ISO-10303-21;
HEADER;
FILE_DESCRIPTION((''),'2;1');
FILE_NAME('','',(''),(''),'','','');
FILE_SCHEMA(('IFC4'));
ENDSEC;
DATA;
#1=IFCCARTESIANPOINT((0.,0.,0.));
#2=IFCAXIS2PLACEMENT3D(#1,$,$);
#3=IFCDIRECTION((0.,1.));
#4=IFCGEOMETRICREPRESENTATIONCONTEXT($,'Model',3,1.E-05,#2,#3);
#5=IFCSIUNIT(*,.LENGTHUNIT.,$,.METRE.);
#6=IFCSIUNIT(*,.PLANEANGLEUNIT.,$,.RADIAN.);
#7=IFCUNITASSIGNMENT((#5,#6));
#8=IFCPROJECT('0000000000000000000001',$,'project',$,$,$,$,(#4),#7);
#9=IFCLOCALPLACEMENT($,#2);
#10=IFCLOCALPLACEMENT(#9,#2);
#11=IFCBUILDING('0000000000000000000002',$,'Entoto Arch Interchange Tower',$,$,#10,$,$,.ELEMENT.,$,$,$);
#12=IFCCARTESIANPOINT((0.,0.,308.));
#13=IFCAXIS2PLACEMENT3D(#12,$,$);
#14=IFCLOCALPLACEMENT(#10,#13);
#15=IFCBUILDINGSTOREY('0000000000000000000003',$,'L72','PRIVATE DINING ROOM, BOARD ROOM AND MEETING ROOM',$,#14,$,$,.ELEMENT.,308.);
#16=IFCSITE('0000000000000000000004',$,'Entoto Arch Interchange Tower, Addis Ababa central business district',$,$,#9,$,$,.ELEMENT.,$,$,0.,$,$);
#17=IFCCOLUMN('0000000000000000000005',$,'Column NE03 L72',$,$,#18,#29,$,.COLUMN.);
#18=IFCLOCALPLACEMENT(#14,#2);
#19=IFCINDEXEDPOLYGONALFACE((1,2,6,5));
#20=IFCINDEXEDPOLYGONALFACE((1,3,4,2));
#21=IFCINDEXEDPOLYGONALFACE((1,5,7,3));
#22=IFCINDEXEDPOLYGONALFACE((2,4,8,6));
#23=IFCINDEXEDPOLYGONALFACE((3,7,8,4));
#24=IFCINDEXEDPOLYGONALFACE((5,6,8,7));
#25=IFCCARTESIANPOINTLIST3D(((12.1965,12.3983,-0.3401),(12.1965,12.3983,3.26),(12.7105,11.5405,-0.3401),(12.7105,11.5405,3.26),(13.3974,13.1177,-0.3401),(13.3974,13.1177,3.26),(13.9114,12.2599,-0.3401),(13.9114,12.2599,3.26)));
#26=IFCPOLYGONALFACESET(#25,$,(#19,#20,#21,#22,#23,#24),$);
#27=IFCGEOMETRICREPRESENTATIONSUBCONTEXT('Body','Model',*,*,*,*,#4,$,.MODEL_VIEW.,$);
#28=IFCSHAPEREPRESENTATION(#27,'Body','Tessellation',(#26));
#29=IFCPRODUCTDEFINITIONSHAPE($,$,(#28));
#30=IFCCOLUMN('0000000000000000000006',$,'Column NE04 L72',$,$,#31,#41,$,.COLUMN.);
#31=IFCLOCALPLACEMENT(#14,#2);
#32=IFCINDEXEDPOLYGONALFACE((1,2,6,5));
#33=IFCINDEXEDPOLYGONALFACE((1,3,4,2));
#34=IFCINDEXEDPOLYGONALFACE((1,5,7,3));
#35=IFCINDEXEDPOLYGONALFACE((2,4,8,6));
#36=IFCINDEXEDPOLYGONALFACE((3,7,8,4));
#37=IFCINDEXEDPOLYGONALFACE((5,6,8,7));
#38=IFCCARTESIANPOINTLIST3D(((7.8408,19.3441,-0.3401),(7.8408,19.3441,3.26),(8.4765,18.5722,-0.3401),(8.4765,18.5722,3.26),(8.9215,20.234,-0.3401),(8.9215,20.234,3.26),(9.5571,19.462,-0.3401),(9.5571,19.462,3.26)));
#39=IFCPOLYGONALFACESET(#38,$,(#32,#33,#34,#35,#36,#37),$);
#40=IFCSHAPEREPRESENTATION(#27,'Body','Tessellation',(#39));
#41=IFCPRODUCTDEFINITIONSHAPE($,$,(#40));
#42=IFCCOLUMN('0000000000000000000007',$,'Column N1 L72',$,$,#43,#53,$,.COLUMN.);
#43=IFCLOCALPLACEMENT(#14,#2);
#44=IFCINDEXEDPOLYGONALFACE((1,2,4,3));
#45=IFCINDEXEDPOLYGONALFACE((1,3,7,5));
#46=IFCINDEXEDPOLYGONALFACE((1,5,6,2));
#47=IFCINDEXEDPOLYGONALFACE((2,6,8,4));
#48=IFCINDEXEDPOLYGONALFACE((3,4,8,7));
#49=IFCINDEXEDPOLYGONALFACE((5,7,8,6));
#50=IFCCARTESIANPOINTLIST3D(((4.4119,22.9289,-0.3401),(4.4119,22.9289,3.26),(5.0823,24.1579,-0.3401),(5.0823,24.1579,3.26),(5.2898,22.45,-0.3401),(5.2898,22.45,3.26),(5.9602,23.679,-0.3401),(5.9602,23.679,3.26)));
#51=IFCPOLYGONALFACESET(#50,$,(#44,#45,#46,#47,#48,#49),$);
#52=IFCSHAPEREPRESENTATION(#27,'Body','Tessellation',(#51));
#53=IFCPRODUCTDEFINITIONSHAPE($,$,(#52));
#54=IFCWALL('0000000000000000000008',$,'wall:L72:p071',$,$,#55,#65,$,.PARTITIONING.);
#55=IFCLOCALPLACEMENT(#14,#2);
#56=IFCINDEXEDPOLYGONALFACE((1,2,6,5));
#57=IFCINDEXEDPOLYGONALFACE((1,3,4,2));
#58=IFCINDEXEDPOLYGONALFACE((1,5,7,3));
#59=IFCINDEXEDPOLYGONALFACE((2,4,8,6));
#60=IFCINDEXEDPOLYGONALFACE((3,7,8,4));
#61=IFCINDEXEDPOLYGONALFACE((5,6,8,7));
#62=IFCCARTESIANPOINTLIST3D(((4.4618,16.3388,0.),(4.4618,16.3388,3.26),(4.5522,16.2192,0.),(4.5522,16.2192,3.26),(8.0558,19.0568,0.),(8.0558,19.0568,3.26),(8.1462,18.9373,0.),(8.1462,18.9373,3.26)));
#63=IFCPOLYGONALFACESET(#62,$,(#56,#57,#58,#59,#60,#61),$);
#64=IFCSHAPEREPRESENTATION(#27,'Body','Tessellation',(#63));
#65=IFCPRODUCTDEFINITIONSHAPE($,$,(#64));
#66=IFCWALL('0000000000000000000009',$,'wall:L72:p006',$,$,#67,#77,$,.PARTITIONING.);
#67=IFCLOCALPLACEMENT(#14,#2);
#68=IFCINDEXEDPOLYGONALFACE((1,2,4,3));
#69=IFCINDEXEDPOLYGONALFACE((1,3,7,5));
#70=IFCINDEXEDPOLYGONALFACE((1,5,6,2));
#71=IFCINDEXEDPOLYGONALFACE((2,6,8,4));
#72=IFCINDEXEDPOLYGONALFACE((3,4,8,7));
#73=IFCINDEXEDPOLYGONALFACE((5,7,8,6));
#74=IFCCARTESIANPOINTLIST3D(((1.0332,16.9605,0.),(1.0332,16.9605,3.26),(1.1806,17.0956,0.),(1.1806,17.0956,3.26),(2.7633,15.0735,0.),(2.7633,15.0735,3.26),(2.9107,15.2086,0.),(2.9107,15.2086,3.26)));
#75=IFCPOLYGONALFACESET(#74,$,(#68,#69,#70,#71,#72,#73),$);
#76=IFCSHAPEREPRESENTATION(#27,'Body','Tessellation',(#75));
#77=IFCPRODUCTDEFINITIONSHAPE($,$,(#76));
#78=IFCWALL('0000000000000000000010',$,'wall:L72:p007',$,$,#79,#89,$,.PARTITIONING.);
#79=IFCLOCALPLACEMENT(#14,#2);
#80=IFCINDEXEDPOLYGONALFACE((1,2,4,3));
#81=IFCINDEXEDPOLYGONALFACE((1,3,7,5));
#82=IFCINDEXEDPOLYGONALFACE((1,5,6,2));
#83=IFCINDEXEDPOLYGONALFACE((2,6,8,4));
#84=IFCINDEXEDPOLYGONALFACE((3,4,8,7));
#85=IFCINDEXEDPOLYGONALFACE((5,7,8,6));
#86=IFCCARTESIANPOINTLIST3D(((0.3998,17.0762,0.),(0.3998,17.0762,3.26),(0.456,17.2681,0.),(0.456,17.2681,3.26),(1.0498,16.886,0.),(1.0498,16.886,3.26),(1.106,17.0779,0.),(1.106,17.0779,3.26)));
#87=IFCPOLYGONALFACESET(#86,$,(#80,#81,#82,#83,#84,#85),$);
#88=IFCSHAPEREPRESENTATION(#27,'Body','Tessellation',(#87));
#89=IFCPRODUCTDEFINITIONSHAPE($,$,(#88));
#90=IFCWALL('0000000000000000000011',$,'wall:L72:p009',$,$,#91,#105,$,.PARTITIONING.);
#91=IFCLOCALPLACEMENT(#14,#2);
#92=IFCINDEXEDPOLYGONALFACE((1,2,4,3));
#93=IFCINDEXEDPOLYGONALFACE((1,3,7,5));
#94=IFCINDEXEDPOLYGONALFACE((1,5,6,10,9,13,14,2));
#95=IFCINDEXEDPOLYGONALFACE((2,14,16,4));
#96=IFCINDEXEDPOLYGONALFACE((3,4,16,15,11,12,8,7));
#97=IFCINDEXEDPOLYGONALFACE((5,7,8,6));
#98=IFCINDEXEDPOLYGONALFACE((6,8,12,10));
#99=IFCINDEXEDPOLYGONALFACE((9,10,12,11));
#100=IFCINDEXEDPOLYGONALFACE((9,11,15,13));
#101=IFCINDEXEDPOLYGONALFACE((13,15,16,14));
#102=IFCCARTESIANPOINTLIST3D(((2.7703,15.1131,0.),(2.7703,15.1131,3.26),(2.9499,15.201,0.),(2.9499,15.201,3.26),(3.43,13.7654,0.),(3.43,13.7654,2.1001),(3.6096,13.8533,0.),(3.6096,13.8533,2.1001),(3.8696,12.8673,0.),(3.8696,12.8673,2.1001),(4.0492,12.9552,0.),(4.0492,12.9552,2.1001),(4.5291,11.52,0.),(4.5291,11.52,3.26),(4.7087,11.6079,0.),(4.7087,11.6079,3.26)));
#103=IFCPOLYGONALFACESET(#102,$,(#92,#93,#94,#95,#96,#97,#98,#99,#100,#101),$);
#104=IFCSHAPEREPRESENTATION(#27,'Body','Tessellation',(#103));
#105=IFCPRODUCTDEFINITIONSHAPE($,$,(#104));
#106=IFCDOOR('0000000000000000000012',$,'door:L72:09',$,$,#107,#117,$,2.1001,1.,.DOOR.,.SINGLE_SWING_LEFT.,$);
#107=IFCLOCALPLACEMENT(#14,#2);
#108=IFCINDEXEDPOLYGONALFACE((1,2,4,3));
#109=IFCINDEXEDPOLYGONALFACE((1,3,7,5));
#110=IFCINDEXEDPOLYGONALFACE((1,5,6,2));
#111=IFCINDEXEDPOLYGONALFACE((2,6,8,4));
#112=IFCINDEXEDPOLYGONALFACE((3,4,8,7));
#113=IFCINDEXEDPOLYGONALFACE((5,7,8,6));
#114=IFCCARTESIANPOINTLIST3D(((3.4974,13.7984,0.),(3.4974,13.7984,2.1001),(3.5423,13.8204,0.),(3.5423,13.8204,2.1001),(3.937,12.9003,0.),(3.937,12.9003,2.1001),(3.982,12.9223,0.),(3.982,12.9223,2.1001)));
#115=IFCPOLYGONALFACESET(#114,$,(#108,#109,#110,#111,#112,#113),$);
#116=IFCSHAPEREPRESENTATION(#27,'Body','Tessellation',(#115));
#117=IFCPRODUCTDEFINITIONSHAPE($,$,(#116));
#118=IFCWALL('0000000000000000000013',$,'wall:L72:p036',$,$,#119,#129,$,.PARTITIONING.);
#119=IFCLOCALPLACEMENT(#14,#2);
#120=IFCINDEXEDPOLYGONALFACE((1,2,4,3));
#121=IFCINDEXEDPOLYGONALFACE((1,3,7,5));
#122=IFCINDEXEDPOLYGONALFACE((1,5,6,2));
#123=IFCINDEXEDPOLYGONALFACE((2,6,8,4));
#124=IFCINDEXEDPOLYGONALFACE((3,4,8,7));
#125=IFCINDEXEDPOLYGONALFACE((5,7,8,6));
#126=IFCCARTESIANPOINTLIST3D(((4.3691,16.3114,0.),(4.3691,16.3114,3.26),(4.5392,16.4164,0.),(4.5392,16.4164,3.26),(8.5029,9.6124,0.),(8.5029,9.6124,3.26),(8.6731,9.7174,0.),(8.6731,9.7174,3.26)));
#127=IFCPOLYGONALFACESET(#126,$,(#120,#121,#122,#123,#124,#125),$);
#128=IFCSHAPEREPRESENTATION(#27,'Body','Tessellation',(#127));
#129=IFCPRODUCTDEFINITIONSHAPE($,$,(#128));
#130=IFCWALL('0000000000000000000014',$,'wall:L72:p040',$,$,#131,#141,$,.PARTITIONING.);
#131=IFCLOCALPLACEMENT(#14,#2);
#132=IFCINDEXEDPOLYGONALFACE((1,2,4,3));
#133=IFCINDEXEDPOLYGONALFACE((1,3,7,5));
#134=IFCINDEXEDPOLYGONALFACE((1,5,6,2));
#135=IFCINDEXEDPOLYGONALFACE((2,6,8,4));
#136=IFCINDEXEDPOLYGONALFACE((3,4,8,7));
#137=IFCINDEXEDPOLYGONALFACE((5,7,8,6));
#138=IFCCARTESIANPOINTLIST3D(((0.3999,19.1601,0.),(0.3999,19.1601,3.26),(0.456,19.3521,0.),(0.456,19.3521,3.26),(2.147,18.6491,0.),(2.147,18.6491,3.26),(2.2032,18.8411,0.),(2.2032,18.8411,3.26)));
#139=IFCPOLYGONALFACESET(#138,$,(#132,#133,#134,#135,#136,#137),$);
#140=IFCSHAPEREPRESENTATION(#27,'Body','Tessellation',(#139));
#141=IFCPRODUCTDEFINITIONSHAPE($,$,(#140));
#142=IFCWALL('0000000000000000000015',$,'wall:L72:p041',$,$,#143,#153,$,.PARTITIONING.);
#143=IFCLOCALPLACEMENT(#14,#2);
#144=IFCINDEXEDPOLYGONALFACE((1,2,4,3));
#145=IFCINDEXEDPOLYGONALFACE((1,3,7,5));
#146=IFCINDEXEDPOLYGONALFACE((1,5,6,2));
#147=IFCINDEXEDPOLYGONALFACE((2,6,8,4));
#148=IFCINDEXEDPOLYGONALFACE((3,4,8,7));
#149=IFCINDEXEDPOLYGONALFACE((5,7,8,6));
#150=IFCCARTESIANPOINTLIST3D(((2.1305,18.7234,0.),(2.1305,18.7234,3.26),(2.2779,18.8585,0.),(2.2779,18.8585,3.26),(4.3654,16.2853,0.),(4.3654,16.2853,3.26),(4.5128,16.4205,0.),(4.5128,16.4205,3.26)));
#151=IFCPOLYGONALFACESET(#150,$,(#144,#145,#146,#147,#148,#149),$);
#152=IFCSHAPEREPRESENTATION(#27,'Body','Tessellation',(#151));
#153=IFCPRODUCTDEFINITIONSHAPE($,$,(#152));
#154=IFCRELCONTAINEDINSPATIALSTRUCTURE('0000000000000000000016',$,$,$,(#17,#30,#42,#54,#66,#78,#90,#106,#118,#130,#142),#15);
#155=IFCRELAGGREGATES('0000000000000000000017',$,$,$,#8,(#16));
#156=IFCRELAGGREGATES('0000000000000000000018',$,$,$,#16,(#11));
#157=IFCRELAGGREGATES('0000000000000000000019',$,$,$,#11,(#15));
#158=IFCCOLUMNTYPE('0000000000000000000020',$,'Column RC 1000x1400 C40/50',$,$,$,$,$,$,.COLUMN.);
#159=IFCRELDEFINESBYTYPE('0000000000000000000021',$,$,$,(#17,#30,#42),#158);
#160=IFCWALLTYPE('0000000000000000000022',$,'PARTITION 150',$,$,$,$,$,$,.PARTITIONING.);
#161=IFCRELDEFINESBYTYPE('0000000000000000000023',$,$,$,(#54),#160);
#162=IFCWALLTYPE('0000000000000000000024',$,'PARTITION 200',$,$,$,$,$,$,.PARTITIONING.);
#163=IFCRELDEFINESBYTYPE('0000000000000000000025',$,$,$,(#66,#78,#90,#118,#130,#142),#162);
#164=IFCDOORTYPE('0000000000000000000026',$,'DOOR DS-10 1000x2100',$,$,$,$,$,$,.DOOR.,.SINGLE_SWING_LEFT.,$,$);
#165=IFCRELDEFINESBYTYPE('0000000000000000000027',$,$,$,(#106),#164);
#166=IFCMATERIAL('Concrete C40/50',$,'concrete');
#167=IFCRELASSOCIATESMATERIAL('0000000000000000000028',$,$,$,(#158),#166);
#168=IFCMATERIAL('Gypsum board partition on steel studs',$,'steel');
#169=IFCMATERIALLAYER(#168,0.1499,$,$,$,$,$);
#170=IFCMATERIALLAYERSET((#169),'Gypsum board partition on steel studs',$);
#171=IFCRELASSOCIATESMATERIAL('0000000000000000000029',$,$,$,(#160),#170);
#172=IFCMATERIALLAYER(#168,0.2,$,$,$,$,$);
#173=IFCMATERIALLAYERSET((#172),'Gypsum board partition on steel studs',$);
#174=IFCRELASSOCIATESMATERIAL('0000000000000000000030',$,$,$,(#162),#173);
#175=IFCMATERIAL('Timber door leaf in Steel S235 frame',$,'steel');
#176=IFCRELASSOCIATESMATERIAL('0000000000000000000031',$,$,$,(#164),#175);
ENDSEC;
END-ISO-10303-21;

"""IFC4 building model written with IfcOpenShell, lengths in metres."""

from ifc_helpers import new_model, si_unit, direction, frame, frame_2d, origin, origin_2d, place, context, subcontext, project, spatial, rectangle, extrude, material, layer, layer_set, material_profile, profile_set, type_object, element, fill, save


model = new_model("IFC4")

# Units and contexts
model_context = context("Model", 3, precision=1e-05, world=origin(), true_north=direction((0.0, 1.0)))
body_context = subcontext(model_context, "Body", "Model", "MODEL_VIEW")
ifc_project = project(units=[si_unit("LENGTHUNIT", "METRE"), si_unit("PLANEANGLEUNIT", "RADIAN")], contexts=[model_context])

# Site, building, storey
site_placement = place(None, origin())
site = spatial("IfcSite", under=ifc_project, at=site_placement, Name="Entoto Arch Interchange Tower, Addis Ababa central business district", CompositionType="ELEMENT", RefElevation=0.0)
building_placement = place(site_placement, origin())
building = spatial("IfcBuilding", under=site, at=building_placement, Name="Entoto Arch Interchange Tower", CompositionType="ELEMENT")
storey_placement = place(building_placement, frame((0.0, 0.0, 308.0)))
storey = spatial("IfcBuildingStorey", under=building, at=storey_placement, Name="L72", Description="PRIVATE DINING ROOM, BOARD ROOM AND MEETING ROOM", CompositionType="ELEMENT", Elevation=308.0)

# Columns
ifc_material_1 = material(Name="Concrete C40/50", Category="concrete")
ifc_material_profile = material_profile(ifc_material_1, rectangle(XDim=1.0, YDim=1.3999, at=origin_2d()))
ifc_profile_set = profile_set([ifc_material_profile], Name="Concrete C40/50")
column_type = type_object("IfcColumnType", Name="Column RC 1000x1400 C40/50", PredefinedType="COLUMN", material=ifc_profile_set)
for number, where, z_axis, x_axis, name in (
    (1, (13.054, 12.3291, -0.3401), (0.0, 0.0, 1.0), (-0.513946, 0.857823, 0.0), "Column NE03 L72"),
    (2, (8.699, 19.4031, -0.3401), (0.0, 0.0, 1.0), (-0.635647, 0.77198, 0.0), "Column NE04 L72"),
    (3, (5.186, 23.304, -0.3401), (0.0, 0.0, 1.0), (-0.877899, 0.478845, 0.0), "Column N1 L72"),
):
    element("IfcColumn", number, at=place(storey_placement, frame(where, z_axis=z_axis, x_axis=x_axis)), inside=storey, type_object=column_type, Name=name, PredefinedType="COLUMN", context=body_context, shape_type="SweptSolid", body=[
        extrude(rectangle(XDim=1.0, YDim=1.3999, at=origin_2d()), origin(), (0.0, 0.0, 1.0), 3.6001),
    ])

# Walls
ifc_material_2 = material(Name="Gypsum board partition on steel studs", Category="steel")
ifc_layer_1 = layer(ifc_material_2, 0.1499)
ifc_layer_set_1 = layer_set([ifc_layer_1], Name="Gypsum board partition on steel studs")
wall_type_1 = type_object("IfcWallType", Name="PARTITION 150", PredefinedType="PARTITIONING", material=ifc_layer_set_1)
wall_1_placement = place(storey_placement, frame((4.5071, 16.2791, 0.0), z_axis=(0.0, 0.0, 1.0), x_axis=(0.797594, 0.603194, 0.0)))
element("IfcWall", 4, at=wall_1_placement, inside=storey, type_object=wall_type_1, Name="wall:L72:p071", PredefinedType="PARTITIONING", context=body_context, shape_type="SweptSolid", body=[
    extrude(rectangle(XDim=4.5061, YDim=0.1499, at=frame_2d((2.2529, 0.0))), origin(), (0.0, 0.0, 1.0), 3.26),
])
ifc_layer_2 = layer(ifc_material_2, 0.2)
ifc_layer_set_2 = layer_set([ifc_layer_2], Name="Gypsum board partition on steel studs")
wall_type_2 = type_object("IfcWallType", Name="PARTITION 200", PredefinedType="PARTITIONING", material=ifc_layer_set_2)
wall_2_placement = place(storey_placement, frame((1.1069, 17.0281, 0.0), z_axis=(0.0, 0.0, 1.0), x_axis=(0.675781, -0.737103, 0.0)))
element("IfcWall", 5, at=wall_2_placement, inside=storey, type_object=wall_type_2, Name="wall:L72:p006", PredefinedType="PARTITIONING", context=body_context, shape_type="SweptSolid", body=[
    extrude(rectangle(XDim=2.5601, YDim=0.2, at=frame_2d((1.28, 0.0))), origin(), (0.0, 0.0, 1.0), 3.26),
])
wall_3_placement = place(storey_placement, frame((1.0779, 16.9819, 0.0), z_axis=(0.0, 0.0, 1.0), x_axis=(-0.959749, 0.280858, 0.0)))
element("IfcWall", 6, at=wall_3_placement, inside=storey, type_object=wall_type_2, Name="wall:L72:p007", PredefinedType="PARTITIONING", context=body_context, shape_type="SweptSolid", body=[
    extrude(rectangle(XDim=0.6772, YDim=0.2, at=frame_2d((0.3386, 0.0))), origin(), (0.0, 0.0, 1.0), 3.26),
])

# Wall, opening, door
wall_4_placement = place(storey_placement, frame((4.6189, 11.564, 0.0), z_axis=(0.0, 0.0, 1.0), x_axis=(-0.439654, 0.898167, 0.0)))
wall_4 = element("IfcWall", 7, at=wall_4_placement, inside=storey, type_object=wall_type_2, Name="wall:L72:p009", PredefinedType="PARTITIONING", context=body_context, shape_type="SweptSolid", body=[
    extrude(rectangle(XDim=4.0005, YDim=0.2, at=frame_2d((2.0002, 0.0))), origin(), (0.0, 0.0, 1.0), 3.26),
])
opening_1_placement = place(wall_4_placement, frame((1.5, 0.0, 0.0)))
opening_1 = element("IfcOpeningElement", 8, at=opening_1_placement, cuts=wall_4, PredefinedType="OPENING", context=body_context, shape_type="SweptSolid", body=[
    extrude(rectangle(XDim=1.0, YDim=2.1001, at=frame_2d((0.5, 1.05))), frame((0.0, 0.1099, 0.0), z_axis=(0.0, -1.0, 0.0), x_axis=(1.0, 0.0, 0.0)), (0.0, 0.0, 1.0), 0.22),
])
ifc_material_3 = material(Name="Timber door leaf in Steel S235 frame", Category="steel")
door_type = type_object("IfcDoorType", Name="DOOR DS-10 1000x2100", OperationType="SINGLE_SWING_LEFT", PredefinedType="DOOR", material=ifc_material_3)
door_placement = place(opening_1_placement, origin())
door = element("IfcDoor", 9, at=door_placement, inside=storey, type_object=door_type, Name="door:L72:09", OperationType="SINGLE_SWING_LEFT", OverallHeight=2.1001, OverallWidth=1.0, PredefinedType="DOOR", context=body_context, shape_type="SweptSolid", body=[
    extrude(rectangle(XDim=1.0, YDim=2.1001, at=frame_2d((0.5, 1.05))), frame((0.0, 0.0249, 0.0), z_axis=(0.0, -1.0, 0.0), x_axis=(1.0, 0.0, 0.0)), (0.0, 0.0, 1.0), 0.05),
])
fill(opening_1, door)

# Walls
wall_5_placement = place(storey_placement, frame((4.4541, 16.364, 0.0), z_axis=(0.0, 0.0, 1.0), x_axis=(0.525142, -0.851014, 0.0)))
element("IfcWall", 10, at=wall_5_placement, inside=storey, type_object=wall_type_2, Name="wall:L72:p036", PredefinedType="PARTITIONING", context=body_context, shape_type="SweptSolid", body=[
    extrude(rectangle(XDim=7.8718, YDim=0.2, at=frame_2d((3.936, 0.0))), origin(), (0.0, 0.0, 1.0), 3.26),
])
wall_6_placement = place(storey_placement, frame((0.428, 19.2561, 0.0), z_axis=(0.0, 0.0, 1.0), x_axis=(0.959789, -0.280721, 0.0)))
element("IfcWall", 11, at=wall_6_placement, inside=storey, type_object=wall_type_2, Name="wall:L72:p040", PredefinedType="PARTITIONING", context=body_context, shape_type="SweptSolid", body=[
    extrude(rectangle(XDim=1.8203, YDim=0.2, at=frame_2d((0.9102, 0.0))), origin(), (0.0, 0.0, 1.0), 3.26),
])
wall_7_placement = place(storey_placement, frame((2.2041, 18.791, 0.0), z_axis=(0.0, 0.0, 1.0), x_axis=(0.675731, -0.737148, 0.0)))
element("IfcWall", 12, at=wall_7_placement, inside=storey, type_object=wall_type_2, Name="wall:L72:p041", PredefinedType="PARTITIONING", context=body_context, shape_type="SweptSolid", body=[
    extrude(rectangle(XDim=3.3074, YDim=0.2, at=frame_2d((1.6538, 0.0))), origin(), (0.0, 0.0, 1.0), 3.26),
])

save(model, "model.ifc")
